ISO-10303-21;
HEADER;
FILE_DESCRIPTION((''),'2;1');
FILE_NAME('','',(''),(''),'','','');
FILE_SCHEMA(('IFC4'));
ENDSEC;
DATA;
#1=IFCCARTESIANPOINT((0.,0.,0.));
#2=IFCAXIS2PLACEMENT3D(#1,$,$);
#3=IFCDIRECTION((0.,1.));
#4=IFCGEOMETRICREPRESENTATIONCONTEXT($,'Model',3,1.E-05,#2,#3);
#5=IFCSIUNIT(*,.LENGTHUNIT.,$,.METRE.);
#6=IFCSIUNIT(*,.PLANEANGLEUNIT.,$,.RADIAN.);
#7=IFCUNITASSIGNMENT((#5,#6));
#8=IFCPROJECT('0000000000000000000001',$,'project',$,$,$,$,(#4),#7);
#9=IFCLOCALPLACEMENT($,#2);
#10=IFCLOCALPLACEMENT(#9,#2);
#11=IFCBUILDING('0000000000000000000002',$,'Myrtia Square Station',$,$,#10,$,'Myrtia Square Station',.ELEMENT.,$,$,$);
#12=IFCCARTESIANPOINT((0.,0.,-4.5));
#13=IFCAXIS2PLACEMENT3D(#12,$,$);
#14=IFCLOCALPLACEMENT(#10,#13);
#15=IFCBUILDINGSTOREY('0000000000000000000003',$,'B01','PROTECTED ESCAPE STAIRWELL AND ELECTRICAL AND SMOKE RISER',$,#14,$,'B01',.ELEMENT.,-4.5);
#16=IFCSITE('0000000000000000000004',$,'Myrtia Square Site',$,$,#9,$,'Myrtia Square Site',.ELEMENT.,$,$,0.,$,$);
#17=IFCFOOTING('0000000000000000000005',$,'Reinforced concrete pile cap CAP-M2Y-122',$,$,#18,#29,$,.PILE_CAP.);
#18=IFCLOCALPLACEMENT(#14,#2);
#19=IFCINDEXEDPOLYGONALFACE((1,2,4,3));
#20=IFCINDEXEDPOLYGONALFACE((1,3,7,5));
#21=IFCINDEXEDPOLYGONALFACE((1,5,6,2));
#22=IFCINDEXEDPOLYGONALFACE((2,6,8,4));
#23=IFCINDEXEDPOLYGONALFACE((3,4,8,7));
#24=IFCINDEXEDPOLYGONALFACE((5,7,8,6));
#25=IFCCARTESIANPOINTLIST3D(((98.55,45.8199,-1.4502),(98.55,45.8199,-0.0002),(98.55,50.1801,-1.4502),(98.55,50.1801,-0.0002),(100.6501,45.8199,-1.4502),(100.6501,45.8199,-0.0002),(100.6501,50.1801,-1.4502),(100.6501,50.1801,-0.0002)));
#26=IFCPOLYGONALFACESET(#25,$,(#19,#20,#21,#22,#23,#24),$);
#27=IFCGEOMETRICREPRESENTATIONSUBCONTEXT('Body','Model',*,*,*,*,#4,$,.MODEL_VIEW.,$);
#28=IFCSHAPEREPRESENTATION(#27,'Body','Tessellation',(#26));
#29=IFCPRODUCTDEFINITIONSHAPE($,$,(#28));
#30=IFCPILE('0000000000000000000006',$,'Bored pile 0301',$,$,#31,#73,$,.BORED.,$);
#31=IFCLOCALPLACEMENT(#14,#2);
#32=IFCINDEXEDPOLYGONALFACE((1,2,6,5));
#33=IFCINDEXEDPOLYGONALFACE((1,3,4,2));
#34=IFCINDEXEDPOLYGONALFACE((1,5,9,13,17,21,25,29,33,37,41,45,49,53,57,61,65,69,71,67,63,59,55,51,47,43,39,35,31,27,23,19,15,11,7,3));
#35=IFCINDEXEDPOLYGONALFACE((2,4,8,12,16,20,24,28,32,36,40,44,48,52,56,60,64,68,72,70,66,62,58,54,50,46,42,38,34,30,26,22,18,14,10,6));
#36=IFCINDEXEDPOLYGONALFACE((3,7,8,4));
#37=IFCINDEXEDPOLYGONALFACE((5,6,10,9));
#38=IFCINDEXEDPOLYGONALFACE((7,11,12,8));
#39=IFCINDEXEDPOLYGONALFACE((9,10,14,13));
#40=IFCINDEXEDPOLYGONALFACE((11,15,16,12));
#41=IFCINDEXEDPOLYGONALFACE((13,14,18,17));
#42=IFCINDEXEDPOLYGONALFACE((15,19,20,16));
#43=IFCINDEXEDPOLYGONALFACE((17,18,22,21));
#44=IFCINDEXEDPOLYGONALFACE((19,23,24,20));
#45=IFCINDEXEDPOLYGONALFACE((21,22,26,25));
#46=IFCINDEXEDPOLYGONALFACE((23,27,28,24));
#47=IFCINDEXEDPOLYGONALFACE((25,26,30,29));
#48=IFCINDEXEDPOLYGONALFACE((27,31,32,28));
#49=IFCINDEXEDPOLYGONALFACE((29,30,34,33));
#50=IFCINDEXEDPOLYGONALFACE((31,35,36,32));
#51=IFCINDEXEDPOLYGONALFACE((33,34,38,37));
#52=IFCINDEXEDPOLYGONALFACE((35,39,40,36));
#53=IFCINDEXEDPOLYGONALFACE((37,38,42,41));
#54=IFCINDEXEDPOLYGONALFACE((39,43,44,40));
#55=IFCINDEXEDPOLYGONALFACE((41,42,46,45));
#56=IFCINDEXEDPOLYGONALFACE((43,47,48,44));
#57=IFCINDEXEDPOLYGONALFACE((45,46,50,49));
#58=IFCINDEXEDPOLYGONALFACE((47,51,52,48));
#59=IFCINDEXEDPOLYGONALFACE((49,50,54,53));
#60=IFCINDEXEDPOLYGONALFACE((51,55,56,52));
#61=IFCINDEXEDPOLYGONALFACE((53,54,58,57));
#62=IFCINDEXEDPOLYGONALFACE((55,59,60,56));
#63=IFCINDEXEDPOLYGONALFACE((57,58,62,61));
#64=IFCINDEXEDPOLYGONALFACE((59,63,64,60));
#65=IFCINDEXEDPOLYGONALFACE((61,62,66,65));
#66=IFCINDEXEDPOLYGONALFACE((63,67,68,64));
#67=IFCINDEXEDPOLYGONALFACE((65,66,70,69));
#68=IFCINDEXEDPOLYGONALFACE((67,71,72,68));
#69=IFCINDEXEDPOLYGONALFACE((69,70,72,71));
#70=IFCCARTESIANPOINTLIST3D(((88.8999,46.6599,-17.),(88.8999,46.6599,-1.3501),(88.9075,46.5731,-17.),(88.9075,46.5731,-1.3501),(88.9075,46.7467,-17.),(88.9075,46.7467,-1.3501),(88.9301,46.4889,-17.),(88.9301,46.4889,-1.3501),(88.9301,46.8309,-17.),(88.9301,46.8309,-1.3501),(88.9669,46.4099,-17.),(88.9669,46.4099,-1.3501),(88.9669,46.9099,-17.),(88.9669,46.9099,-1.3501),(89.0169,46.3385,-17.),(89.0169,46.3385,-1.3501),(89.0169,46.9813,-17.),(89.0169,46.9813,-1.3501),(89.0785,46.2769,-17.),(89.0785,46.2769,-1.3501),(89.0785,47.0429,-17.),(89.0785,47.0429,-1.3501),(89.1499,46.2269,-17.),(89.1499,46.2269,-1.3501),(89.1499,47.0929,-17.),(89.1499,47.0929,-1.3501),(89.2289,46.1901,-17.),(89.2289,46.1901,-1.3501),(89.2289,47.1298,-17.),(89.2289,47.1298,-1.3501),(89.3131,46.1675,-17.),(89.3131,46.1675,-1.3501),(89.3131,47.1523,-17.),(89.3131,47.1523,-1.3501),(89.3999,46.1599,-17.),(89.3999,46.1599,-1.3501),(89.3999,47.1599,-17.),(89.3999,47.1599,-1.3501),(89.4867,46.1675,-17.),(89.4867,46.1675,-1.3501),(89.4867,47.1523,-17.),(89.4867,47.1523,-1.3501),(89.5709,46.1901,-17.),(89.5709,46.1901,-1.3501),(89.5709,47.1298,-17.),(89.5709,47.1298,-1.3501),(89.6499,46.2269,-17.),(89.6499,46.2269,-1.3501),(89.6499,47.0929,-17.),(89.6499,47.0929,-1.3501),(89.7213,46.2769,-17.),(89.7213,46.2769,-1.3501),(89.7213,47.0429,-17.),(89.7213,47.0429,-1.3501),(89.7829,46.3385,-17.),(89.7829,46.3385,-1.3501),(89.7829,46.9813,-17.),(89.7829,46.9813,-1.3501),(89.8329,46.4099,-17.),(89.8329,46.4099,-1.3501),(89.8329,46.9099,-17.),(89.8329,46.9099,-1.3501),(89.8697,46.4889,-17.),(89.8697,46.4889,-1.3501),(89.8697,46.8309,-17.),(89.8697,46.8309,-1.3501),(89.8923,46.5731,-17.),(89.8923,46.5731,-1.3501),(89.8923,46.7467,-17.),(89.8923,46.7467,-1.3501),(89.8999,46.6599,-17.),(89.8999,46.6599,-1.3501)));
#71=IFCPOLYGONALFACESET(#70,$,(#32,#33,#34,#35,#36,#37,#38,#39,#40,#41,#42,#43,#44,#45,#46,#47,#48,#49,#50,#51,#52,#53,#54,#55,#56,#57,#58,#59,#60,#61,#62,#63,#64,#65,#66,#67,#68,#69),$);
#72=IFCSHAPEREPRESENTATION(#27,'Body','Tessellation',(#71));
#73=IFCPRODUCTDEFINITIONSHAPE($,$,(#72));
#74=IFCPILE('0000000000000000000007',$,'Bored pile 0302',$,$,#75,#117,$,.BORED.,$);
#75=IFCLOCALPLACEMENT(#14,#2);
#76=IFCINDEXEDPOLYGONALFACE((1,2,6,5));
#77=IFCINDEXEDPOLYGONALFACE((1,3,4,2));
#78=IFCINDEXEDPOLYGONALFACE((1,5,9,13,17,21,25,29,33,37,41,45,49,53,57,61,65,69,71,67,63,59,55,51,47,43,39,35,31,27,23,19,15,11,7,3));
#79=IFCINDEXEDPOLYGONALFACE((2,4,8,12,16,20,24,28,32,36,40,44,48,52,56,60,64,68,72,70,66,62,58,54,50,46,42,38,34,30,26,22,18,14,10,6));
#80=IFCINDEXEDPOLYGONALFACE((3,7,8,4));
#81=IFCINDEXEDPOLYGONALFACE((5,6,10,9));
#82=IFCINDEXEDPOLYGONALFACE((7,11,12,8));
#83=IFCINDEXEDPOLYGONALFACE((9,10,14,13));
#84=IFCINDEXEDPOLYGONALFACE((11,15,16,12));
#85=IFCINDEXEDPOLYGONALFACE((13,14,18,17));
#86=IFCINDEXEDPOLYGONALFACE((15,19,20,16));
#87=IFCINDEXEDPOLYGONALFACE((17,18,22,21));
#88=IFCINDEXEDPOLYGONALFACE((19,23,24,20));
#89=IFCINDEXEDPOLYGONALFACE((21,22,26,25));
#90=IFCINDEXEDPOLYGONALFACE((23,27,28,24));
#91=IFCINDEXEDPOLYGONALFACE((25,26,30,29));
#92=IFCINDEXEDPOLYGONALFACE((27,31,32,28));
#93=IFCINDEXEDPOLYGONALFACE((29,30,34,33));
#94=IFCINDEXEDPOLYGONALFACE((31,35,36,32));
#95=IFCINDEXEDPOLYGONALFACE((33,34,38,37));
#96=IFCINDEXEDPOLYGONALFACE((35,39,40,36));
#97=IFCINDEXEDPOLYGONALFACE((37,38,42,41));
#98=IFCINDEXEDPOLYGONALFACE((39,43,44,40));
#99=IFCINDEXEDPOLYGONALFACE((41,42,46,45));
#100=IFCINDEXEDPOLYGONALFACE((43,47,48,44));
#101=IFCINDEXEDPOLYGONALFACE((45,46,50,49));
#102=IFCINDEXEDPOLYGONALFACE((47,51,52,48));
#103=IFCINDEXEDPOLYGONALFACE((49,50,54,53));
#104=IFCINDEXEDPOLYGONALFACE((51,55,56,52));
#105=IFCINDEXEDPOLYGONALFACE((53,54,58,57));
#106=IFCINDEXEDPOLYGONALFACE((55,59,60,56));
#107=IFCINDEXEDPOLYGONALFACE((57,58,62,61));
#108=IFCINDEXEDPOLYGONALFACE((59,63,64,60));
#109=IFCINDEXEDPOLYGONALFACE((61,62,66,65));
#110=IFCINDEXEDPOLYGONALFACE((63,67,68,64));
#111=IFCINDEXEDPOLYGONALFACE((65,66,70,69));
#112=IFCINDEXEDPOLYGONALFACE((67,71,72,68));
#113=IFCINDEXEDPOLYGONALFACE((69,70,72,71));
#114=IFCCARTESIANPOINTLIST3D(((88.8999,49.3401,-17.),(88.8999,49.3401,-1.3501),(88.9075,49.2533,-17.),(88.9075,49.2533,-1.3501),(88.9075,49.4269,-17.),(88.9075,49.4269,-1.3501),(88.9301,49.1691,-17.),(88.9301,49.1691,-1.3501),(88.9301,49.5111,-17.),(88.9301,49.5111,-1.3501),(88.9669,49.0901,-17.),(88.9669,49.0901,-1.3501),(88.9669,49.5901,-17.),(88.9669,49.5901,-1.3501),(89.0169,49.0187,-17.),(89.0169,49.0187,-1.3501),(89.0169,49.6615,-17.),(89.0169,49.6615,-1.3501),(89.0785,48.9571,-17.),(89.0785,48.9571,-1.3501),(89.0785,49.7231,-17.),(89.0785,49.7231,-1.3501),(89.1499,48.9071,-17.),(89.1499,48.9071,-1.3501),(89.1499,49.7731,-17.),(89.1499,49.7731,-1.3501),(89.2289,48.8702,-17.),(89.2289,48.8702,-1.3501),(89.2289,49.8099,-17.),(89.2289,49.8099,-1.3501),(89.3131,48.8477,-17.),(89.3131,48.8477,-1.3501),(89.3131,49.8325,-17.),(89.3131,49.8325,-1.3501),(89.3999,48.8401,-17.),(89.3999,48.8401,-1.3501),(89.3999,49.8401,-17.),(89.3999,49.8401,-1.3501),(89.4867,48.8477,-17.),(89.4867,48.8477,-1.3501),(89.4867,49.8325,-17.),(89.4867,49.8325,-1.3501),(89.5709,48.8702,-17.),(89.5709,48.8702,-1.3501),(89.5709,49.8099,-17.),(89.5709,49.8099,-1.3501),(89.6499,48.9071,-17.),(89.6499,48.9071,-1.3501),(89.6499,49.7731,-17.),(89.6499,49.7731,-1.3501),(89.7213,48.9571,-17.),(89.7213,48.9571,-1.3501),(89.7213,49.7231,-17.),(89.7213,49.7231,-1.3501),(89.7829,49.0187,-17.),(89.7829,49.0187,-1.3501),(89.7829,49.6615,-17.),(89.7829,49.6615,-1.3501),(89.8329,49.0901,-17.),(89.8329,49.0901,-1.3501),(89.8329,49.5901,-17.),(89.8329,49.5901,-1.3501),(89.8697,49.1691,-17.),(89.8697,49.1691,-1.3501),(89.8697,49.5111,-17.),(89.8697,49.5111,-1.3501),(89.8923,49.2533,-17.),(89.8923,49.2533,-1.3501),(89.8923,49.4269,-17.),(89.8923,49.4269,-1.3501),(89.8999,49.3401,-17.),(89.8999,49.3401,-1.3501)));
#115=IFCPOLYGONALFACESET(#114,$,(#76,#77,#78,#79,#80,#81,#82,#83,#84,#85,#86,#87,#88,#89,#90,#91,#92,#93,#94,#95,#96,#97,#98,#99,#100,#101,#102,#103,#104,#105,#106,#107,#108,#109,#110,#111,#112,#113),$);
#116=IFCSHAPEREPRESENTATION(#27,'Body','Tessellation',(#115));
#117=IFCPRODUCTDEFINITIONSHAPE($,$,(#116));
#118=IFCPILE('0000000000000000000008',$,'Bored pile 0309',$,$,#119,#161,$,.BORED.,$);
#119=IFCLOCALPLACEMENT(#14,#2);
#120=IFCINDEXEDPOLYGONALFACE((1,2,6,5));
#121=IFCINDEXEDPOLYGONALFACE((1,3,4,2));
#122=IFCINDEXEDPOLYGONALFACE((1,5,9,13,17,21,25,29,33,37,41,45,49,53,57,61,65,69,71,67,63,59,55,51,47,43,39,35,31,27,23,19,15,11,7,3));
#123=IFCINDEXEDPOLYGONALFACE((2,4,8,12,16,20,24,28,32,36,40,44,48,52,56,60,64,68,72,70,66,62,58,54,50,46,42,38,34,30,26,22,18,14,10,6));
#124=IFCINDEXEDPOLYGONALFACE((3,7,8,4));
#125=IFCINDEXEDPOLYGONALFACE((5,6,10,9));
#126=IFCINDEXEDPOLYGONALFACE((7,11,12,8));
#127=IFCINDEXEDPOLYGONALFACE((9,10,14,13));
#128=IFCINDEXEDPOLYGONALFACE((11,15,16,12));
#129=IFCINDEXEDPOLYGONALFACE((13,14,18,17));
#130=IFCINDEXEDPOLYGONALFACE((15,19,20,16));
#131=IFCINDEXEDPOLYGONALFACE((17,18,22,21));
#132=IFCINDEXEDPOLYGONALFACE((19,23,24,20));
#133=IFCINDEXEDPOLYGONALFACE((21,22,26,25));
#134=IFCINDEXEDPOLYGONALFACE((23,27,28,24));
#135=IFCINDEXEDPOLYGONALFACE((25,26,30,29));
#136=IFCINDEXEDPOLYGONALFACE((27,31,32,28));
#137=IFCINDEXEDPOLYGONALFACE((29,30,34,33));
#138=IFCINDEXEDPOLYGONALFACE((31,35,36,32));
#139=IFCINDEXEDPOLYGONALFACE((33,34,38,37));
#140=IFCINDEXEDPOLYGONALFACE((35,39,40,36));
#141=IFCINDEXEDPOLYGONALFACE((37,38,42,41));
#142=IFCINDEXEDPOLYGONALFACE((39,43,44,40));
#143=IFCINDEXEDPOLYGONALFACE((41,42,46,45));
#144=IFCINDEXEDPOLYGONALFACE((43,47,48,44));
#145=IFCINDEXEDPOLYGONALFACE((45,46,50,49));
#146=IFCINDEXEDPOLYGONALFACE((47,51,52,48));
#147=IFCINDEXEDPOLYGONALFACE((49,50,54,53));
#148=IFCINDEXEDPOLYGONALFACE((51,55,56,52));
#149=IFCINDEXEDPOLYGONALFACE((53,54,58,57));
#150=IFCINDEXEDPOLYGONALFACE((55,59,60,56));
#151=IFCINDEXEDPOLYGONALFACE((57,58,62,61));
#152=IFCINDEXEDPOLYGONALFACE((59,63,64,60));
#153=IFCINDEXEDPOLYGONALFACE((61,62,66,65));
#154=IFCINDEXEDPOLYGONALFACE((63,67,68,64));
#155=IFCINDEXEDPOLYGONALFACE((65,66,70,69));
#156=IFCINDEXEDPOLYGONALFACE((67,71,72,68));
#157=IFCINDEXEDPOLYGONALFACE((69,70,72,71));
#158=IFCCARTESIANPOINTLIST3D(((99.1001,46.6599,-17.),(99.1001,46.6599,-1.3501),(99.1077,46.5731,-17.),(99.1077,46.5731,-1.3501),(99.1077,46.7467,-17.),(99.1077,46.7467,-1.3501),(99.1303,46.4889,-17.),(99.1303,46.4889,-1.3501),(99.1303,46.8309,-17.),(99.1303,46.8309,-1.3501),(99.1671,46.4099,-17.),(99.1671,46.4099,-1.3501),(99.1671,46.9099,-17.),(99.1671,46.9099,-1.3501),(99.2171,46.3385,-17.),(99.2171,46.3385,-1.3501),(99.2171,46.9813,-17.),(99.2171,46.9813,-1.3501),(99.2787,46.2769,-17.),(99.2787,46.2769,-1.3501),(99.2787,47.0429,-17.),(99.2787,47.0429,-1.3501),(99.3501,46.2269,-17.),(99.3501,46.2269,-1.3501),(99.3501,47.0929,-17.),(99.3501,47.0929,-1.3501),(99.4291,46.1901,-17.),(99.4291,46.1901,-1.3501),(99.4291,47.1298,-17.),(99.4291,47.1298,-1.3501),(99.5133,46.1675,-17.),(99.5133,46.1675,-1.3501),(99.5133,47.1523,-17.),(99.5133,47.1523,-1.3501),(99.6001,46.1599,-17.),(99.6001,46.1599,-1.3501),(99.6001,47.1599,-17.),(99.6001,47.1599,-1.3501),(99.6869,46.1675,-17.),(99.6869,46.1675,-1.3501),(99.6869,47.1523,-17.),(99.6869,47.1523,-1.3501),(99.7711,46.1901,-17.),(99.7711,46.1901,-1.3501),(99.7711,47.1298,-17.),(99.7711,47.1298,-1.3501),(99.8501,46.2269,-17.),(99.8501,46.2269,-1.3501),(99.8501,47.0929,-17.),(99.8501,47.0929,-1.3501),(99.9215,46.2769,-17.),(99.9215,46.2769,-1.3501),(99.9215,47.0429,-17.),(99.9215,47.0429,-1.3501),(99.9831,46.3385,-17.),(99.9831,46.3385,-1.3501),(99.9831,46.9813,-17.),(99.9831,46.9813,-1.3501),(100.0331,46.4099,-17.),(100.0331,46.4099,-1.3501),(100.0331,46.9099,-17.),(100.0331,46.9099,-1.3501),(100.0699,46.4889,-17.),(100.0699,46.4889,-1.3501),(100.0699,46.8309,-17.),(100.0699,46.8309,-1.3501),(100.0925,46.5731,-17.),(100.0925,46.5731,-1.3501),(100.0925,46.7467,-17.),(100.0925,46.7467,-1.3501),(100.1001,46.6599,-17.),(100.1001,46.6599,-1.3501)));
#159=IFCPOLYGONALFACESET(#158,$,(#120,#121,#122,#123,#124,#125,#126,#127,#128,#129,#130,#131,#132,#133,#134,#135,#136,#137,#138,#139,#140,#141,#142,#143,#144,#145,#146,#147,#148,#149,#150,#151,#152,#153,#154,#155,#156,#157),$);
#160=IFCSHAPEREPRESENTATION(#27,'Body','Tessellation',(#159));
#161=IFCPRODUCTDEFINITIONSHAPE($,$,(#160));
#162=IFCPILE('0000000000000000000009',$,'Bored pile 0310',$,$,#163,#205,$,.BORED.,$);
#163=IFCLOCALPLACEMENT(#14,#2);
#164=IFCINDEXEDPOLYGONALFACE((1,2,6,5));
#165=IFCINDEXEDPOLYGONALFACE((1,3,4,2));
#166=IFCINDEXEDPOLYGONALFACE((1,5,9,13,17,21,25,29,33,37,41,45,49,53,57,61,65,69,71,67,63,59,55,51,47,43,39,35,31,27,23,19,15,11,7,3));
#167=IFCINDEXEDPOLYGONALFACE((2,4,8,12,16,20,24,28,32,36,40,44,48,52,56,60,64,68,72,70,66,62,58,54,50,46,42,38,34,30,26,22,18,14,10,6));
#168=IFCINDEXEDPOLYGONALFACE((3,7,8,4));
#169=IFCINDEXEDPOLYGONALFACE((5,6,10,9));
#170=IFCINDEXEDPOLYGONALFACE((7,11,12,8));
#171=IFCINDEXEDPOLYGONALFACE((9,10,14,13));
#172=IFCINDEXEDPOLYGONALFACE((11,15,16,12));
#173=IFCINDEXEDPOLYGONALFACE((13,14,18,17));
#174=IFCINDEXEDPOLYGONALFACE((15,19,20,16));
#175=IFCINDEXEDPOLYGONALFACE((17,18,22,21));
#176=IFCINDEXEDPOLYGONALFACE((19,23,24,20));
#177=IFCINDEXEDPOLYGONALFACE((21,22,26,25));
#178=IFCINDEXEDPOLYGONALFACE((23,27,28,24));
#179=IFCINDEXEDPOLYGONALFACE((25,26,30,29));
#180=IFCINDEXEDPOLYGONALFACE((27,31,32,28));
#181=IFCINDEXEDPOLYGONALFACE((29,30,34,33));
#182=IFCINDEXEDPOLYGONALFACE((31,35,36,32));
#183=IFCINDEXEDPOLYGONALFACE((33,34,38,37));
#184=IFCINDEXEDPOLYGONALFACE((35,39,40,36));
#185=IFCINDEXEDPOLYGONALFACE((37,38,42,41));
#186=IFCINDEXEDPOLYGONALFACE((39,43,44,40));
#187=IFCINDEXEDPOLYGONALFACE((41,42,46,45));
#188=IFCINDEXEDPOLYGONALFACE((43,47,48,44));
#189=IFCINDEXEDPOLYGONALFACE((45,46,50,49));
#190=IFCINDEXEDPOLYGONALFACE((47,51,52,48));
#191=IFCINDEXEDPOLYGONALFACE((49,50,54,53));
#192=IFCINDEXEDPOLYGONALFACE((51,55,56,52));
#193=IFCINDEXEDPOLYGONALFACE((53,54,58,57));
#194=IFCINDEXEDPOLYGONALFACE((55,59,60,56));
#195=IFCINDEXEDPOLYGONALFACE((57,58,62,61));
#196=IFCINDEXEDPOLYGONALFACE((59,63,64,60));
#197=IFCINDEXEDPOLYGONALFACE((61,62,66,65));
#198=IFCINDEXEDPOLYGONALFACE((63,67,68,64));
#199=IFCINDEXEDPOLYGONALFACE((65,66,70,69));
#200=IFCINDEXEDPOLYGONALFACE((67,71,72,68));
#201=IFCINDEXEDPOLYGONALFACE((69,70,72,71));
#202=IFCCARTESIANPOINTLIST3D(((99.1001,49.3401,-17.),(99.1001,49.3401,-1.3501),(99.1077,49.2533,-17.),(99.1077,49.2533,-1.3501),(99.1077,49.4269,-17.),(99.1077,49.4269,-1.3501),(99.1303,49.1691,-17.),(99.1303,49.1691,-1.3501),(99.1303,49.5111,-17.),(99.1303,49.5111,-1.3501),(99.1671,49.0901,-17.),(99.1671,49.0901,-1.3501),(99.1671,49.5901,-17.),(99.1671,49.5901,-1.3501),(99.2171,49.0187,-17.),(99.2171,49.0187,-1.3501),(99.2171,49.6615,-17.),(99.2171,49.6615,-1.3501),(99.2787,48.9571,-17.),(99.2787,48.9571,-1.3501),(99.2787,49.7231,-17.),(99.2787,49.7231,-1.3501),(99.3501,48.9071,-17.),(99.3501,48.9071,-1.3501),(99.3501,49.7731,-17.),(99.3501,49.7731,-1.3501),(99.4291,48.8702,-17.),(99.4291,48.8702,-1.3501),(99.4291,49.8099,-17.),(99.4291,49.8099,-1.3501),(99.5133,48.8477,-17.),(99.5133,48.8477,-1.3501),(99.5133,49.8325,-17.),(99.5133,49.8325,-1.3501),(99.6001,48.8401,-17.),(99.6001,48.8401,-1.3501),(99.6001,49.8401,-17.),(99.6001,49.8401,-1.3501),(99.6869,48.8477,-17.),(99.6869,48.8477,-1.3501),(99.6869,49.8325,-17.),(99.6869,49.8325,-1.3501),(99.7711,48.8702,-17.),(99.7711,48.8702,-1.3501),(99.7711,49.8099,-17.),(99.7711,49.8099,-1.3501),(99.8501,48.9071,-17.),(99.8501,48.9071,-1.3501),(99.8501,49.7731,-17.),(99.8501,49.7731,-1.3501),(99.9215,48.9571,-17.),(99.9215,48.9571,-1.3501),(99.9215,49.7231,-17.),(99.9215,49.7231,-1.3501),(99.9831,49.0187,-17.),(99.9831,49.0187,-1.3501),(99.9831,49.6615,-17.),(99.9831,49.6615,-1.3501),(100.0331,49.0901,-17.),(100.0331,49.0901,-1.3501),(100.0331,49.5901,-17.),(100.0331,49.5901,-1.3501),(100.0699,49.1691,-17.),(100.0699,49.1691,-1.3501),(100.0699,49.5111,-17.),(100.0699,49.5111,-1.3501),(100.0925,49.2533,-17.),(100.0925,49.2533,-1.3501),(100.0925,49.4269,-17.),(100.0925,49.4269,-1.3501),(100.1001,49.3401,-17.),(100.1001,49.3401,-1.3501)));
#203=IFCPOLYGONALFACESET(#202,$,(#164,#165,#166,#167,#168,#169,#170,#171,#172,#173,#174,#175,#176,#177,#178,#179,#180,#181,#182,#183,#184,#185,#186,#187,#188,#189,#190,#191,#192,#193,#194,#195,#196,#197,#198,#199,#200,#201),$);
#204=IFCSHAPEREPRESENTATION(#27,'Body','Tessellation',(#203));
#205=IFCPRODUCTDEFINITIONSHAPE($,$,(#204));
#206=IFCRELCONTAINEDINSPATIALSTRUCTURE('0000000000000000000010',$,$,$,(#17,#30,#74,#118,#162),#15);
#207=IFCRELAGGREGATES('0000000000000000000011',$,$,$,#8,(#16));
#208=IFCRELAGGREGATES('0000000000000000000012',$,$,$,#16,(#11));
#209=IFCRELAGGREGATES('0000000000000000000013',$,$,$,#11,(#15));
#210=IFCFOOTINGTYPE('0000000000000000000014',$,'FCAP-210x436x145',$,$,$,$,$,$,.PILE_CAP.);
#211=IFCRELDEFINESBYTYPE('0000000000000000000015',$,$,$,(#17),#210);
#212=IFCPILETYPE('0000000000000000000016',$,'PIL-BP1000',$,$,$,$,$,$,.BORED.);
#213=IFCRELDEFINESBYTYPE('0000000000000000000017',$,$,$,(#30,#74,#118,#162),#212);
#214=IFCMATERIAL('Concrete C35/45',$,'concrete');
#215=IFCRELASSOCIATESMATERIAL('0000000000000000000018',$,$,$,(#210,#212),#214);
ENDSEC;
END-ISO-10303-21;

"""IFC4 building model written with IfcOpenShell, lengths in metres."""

from ifc_helpers import new_model, si_unit, direction, frame, origin, origin_2d, place, context, subcontext, project, spatial, rectangle, circle, extrude, material, material_profile, profile_set, type_object, element, save


model = new_model("IFC4")

# Units and contexts
model_context = context("Model", 3, precision=1e-05, world=origin(), true_north=direction((0.0, 1.0)))
body_context = subcontext(model_context, "Body", "Model", "MODEL_VIEW")
ifc_project = project(units=[si_unit("LENGTHUNIT", "METRE"), si_unit("PLANEANGLEUNIT", "RADIAN")], contexts=[model_context])

# Site, building, storey
site_placement = place(None, origin())
site = spatial("IfcSite", under=ifc_project, at=site_placement, Name="Myrtia Square Site", LongName="Myrtia Square Site", CompositionType="ELEMENT", RefElevation=0.0)
building_placement = place(site_placement, origin())
building = spatial("IfcBuilding", under=site, at=building_placement, Name="Myrtia Square Station", LongName="Myrtia Square Station", CompositionType="ELEMENT")
storey_placement = place(building_placement, frame((0.0, 0.0, -4.5)))
storey = spatial("IfcBuildingStorey", under=building, at=storey_placement, Name="B01", Description="PROTECTED ESCAPE STAIRWELL AND ELECTRICAL AND SMOKE RISER", LongName="B01", CompositionType="ELEMENT", Elevation=-4.5)

# Footing
ifc_material_1 = material(Name="Concrete C35/45", Category="concrete")
footing_type_1 = type_object("IfcFootingType", Name="FCAP-210x436x145", PredefinedType="PILE_CAP", material=ifc_material_1)
for number, where, z_axis, x_axis, name in (
    (1, (99.6001, 48.0, -1.4502), (0.0, 0.0, 1.0), (1.0, 0.0, 0.0), "Reinforced concrete pile cap CAP-M2Y-122"),
):
    element("IfcFooting", number, at=place(storey_placement, frame(where, z_axis=z_axis, x_axis=x_axis)), inside=storey, type_object=footing_type_1, Name=name, PredefinedType="PILE_CAP", context=body_context, shape_type="SweptSolid", body=[
        extrude(rectangle(XDim=2.1001, YDim=4.3601, at=origin_2d()), origin(), (0.0, 0.0, 1.0), 1.45),
    ])

# Piles
ifc_material_profile_1 = material_profile(ifc_material_1, circle(Radius=0.5, at=origin_2d()), Name="BP D1000")
ifc_profile_set_1 = profile_set([ifc_material_profile_1], Name="Concrete C35/45")
pile_type_1 = type_object("IfcPileType", Name="PIL-BP1000", PredefinedType="BORED", material=ifc_profile_set_1)
for number, where, z_axis, x_axis, name in (
    (2, (89.3999, 46.6599, -1.3501), (0.0, 0.0, -1.0), (1.0, 0.0, 0.0), "Bored pile 0301"),
    (3, (89.3999, 49.3401, -1.3501), (0.0, 0.0, -1.0), (1.0, 0.0, 0.0), "Bored pile 0302"),
    (4, (99.6001, 46.6599, -1.3501), (0.0, 0.0, -1.0), (1.0, 0.0, 0.0), "Bored pile 0309"),
    (5, (99.6001, 49.3401, -1.3501), (0.0, 0.0, -1.0), (1.0, 0.0, 0.0), "Bored pile 0310"),
):
    element("IfcPile", number, at=place(storey_placement, frame(where, z_axis=z_axis, x_axis=x_axis)), inside=storey, type_object=pile_type_1, Name=name, PredefinedType="BORED", context=body_context, shape_type="SweptSolid", body=[
        extrude(circle(Radius=0.5, at=origin_2d()), origin(), (0.0, 0.0, 1.0), 15.6499),
    ])

save(model, "model.ifc")
